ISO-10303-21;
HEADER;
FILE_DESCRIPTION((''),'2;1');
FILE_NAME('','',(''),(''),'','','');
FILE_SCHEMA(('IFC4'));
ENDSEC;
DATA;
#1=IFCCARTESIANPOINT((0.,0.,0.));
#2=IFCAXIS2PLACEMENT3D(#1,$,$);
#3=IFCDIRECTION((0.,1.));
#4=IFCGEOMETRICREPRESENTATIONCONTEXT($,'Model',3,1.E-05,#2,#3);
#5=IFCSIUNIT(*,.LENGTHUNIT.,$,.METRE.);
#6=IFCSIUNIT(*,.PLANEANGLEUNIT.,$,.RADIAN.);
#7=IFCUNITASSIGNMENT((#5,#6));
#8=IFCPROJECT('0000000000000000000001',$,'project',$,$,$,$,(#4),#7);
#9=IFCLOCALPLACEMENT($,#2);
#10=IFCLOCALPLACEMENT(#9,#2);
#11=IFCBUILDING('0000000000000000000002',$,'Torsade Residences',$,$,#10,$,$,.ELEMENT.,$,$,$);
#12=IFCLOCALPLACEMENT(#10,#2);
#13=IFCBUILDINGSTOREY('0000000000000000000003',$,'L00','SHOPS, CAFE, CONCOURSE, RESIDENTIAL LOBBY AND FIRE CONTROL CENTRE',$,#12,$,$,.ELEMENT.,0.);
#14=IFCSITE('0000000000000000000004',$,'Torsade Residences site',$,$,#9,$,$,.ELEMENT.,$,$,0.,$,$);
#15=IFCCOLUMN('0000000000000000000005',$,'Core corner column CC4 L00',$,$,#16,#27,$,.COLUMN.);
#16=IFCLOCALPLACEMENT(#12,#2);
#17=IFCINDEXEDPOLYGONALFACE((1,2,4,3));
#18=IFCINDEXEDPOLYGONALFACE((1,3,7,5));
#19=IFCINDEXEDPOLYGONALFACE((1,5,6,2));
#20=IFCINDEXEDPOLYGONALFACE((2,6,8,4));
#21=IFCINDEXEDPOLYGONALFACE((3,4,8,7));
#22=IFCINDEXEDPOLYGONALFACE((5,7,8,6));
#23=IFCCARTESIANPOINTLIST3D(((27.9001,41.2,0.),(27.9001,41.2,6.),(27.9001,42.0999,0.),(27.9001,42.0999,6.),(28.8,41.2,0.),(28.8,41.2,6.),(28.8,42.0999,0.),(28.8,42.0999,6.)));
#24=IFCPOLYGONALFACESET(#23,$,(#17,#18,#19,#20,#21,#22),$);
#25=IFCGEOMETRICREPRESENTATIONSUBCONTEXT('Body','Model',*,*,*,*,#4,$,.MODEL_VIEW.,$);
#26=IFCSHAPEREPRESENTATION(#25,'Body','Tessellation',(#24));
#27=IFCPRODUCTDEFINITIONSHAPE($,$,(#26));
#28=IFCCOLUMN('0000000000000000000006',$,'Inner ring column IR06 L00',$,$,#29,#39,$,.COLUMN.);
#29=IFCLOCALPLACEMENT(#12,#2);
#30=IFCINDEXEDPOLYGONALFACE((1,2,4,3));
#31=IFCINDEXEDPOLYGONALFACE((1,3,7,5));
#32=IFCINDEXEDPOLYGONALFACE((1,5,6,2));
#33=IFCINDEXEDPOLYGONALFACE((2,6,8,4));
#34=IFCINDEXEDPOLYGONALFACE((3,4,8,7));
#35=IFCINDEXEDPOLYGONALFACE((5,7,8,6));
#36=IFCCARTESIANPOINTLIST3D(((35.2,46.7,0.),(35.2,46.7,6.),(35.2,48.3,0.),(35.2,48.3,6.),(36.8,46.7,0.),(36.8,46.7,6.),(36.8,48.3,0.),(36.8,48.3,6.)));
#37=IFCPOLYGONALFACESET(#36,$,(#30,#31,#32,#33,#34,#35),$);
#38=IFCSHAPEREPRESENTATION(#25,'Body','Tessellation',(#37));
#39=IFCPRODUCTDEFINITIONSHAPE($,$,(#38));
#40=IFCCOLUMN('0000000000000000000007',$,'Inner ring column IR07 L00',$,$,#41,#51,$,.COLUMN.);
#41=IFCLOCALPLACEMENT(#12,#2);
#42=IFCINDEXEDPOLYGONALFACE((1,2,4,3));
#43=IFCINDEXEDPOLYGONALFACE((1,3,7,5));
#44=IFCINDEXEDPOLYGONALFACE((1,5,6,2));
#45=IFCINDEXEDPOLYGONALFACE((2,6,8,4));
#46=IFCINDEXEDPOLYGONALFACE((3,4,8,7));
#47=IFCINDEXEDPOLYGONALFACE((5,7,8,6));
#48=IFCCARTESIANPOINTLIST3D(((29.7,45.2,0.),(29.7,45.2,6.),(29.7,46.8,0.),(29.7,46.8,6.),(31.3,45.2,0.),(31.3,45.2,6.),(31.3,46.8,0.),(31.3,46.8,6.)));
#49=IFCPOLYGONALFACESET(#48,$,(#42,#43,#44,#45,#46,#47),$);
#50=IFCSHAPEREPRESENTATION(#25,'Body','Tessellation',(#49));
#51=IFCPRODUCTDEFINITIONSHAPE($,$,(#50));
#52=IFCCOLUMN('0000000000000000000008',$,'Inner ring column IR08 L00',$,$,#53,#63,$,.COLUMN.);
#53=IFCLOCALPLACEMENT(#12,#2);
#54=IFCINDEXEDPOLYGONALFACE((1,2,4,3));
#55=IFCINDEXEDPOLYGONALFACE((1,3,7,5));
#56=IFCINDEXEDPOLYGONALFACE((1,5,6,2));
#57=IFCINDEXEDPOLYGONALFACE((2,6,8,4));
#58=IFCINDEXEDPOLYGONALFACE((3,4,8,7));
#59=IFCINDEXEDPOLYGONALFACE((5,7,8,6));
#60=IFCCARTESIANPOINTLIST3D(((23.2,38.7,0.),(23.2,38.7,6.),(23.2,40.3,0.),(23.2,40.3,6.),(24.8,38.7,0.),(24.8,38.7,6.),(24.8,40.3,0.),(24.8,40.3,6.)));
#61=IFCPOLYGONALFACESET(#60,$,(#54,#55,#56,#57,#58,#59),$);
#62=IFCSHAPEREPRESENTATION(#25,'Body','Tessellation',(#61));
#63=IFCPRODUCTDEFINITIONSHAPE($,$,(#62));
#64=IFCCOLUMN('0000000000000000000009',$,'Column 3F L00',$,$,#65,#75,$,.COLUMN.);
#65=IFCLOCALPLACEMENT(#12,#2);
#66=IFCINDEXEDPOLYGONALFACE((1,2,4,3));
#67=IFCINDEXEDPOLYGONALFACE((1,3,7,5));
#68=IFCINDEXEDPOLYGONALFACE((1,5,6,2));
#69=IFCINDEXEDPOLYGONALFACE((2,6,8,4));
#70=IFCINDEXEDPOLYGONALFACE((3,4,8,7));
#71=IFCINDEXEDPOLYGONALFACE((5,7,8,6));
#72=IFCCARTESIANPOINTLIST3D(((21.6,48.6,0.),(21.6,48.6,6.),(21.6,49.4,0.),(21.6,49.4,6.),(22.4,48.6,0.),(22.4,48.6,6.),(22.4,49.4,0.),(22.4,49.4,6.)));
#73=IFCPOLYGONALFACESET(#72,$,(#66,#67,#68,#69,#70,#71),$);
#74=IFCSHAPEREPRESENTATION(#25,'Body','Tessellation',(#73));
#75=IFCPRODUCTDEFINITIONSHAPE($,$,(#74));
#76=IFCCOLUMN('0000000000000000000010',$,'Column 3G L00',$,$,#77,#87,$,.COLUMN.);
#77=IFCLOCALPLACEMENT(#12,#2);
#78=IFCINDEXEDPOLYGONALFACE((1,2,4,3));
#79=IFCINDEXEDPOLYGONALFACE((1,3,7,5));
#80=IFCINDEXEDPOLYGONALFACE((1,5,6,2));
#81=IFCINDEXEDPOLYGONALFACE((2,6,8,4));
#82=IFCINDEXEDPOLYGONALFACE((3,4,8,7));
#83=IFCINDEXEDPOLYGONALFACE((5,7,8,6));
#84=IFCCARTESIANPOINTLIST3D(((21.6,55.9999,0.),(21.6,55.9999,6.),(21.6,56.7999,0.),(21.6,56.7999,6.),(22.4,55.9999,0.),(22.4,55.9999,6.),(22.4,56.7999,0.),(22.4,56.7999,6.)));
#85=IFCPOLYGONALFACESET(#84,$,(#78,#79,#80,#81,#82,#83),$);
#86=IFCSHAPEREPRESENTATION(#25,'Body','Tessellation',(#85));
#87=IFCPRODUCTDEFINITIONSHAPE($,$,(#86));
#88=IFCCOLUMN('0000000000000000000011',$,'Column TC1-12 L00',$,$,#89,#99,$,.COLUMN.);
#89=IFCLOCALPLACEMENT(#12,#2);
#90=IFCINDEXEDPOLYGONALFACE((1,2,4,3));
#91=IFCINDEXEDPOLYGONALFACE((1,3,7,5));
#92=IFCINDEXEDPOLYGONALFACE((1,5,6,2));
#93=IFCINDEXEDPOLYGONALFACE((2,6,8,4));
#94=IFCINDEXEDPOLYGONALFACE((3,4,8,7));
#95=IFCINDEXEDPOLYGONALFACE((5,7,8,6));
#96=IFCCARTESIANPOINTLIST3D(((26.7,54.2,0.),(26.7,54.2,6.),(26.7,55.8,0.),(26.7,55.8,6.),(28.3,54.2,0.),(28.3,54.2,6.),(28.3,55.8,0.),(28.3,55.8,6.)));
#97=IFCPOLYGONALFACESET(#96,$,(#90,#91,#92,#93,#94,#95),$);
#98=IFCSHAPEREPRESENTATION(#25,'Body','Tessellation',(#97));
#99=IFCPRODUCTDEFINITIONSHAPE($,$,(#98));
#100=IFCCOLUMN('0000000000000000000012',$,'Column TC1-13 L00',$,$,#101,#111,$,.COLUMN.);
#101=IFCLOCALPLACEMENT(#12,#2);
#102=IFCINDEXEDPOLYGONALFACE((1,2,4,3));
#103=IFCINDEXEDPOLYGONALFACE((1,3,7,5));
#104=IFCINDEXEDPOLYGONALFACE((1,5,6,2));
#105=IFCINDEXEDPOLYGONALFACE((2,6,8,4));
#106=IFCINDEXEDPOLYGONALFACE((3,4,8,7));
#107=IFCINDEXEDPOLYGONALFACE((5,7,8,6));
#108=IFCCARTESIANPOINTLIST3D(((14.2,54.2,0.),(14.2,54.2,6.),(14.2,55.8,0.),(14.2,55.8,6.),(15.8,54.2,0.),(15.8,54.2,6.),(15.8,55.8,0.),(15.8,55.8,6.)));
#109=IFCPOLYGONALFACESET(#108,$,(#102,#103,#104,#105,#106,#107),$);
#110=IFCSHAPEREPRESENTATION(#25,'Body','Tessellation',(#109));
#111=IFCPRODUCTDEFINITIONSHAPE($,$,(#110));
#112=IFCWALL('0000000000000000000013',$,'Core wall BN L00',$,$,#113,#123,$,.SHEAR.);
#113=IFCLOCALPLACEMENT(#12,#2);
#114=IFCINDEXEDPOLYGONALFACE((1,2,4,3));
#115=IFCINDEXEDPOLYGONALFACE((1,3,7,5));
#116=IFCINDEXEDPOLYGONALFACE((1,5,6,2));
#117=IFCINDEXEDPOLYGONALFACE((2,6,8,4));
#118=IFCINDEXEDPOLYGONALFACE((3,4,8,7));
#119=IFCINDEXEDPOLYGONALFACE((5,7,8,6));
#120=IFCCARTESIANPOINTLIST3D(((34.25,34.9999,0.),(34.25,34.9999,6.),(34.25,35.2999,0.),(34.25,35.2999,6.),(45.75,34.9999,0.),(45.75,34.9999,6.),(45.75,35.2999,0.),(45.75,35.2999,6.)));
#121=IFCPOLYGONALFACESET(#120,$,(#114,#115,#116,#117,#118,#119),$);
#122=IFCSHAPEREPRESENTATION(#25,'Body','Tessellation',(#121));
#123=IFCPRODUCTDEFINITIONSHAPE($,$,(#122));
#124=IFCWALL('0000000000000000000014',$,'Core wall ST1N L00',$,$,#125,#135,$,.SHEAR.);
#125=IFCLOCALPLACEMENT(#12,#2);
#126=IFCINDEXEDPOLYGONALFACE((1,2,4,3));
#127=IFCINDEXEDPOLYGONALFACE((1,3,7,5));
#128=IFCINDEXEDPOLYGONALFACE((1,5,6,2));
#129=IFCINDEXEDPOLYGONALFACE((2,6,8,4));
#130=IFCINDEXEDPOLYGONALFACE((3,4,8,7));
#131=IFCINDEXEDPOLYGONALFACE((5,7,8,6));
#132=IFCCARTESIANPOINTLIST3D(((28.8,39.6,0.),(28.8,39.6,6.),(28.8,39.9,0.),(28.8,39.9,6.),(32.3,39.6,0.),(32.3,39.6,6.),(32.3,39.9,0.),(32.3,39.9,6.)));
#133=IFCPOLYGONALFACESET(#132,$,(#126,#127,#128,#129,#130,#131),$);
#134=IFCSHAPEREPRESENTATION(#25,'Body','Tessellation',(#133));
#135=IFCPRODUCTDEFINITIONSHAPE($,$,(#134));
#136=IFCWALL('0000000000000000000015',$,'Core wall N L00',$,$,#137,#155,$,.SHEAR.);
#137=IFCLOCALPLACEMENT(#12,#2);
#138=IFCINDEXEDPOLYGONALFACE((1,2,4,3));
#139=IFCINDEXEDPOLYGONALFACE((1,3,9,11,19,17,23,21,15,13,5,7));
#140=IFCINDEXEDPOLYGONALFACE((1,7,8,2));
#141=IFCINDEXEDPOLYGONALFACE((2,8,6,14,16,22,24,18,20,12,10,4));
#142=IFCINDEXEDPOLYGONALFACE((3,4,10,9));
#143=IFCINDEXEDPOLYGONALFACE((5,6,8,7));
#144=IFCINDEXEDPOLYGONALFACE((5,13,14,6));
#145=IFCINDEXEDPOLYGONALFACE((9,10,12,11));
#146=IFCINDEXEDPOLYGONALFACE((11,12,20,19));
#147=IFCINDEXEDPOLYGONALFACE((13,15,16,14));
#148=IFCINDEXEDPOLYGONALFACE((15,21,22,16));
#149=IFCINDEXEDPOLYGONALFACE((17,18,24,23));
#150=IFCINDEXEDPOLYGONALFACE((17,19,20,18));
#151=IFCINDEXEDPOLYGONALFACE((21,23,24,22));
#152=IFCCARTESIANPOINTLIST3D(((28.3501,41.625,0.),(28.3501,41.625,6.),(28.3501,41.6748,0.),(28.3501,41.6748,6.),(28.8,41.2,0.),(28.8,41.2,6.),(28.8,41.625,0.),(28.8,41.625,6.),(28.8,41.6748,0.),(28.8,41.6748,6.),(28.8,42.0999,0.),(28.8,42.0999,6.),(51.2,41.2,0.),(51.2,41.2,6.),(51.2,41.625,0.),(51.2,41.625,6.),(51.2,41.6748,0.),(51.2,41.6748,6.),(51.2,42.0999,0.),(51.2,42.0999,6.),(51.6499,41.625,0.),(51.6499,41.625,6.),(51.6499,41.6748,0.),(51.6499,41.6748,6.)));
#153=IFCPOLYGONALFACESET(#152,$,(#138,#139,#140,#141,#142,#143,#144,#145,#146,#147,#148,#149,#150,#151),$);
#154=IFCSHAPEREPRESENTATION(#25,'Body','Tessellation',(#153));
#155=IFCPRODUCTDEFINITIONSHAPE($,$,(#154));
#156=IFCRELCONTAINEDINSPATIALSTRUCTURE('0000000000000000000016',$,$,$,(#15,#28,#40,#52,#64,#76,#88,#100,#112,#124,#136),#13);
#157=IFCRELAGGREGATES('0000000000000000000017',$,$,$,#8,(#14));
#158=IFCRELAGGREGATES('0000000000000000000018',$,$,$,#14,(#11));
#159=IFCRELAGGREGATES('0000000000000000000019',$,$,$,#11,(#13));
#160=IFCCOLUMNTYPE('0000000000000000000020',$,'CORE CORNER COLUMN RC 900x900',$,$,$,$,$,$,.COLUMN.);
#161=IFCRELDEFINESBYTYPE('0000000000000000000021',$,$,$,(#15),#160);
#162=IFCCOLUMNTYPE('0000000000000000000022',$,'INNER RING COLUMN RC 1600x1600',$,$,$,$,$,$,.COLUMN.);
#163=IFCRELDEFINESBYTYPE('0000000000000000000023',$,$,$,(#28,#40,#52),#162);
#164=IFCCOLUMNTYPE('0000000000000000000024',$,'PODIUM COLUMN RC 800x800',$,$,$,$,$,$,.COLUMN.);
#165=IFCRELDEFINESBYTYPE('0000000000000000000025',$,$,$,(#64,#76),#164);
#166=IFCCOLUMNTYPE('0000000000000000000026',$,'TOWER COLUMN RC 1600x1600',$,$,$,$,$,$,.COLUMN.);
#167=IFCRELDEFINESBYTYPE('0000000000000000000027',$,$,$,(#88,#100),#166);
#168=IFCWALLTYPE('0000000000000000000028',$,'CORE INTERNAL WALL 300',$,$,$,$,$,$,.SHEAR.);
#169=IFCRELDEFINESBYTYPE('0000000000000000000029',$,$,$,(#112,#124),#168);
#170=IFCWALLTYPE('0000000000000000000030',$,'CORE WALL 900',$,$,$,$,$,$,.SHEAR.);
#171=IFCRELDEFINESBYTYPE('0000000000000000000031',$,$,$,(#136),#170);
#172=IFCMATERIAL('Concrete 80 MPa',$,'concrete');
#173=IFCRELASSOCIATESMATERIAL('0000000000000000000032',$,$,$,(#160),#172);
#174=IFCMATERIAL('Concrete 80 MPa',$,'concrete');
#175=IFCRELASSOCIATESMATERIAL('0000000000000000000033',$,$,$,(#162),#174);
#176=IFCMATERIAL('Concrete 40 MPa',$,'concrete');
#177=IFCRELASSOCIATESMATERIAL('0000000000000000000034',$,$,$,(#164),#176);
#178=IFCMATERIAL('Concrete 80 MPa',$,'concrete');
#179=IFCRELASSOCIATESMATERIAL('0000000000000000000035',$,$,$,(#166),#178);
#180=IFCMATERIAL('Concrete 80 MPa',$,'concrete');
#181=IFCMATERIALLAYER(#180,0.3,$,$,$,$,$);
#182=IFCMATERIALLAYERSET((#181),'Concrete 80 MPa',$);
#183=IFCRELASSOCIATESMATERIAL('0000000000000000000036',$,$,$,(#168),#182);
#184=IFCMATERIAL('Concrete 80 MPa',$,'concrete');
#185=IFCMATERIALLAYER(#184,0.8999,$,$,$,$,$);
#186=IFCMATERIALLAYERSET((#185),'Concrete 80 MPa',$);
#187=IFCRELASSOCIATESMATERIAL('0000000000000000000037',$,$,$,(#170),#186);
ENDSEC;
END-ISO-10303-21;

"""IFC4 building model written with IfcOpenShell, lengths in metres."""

from ifc_helpers import new_model, si_unit, direction, frame, frame_2d, origin, origin_2d, place, context, subcontext, project, spatial, polyline, rectangle, outline, extrude, material, layer, layer_set, material_profile, profile_set, type_object, element, save


model = new_model("IFC4")

# Units and contexts
model_context = context("Model", 3, precision=1e-05, world=origin(), true_north=direction((0.0, 1.0)))
body_context = subcontext(model_context, "Body", "Model", "MODEL_VIEW")
ifc_project = project(units=[si_unit("LENGTHUNIT", "METRE"), si_unit("PLANEANGLEUNIT", "RADIAN")], contexts=[model_context])

# Site, building, storey
site_placement = place(None, origin())
site = spatial("IfcSite", under=ifc_project, at=site_placement, Name="Torsade Residences site", CompositionType="ELEMENT", RefElevation=0.0)
building_placement = place(site_placement, origin())
building = spatial("IfcBuilding", under=site, at=building_placement, Name="Torsade Residences", CompositionType="ELEMENT")
storey_placement = place(building_placement, origin())
storey = spatial("IfcBuildingStorey", under=building, at=storey_placement, Name="L00", Description="SHOPS, CAFE, CONCOURSE, RESIDENTIAL LOBBY AND FIRE CONTROL CENTRE", CompositionType="ELEMENT", Elevation=0.0)

# Columns
ifc_material_1 = material(Name="Concrete 80 MPa", Category="concrete")
ifc_material_profile_1 = material_profile(ifc_material_1, rectangle(XDim=0.8999, YDim=0.8999, at=origin_2d()), Name="RC 900x900")
ifc_profile_set_1 = profile_set([ifc_material_profile_1], Name="Concrete 80 MPa")
column_type_1 = type_object("IfcColumnType", Name="CORE CORNER COLUMN RC 900x900", PredefinedType="COLUMN", material=ifc_profile_set_1)
column_placement = place(storey_placement, frame((28.3501, 41.6499, 0.0), z_axis=(0.0, 0.0, 1.0), x_axis=(1.0, 0.0, 0.0)))
element("IfcColumn", 1, at=column_placement, inside=storey, type_object=column_type_1, Name="Core corner column CC4 L00", PredefinedType="COLUMN", context=body_context, shape_type="SweptSolid", body=[
    extrude(rectangle(XDim=0.8999, YDim=0.8999, at=origin_2d()), origin(), (0.0, 0.0, 1.0), 6.0),
])
ifc_material_2 = material(Name="Concrete 80 MPa", Category="concrete")
ifc_material_profile_2 = material_profile(ifc_material_2, rectangle(XDim=1.6001, YDim=1.6001, at=origin_2d()), Name="RC 1600x1600")
ifc_profile_set_2 = profile_set([ifc_material_profile_2], Name="Concrete 80 MPa")
column_type_2 = type_object("IfcColumnType", Name="INNER RING COLUMN RC 1600x1600", PredefinedType="COLUMN", material=ifc_profile_set_2)
for number, where, z_axis, x_axis, name in (
    (2, (36.0, 47.5, 0.0), (0.0, 0.0, 1.0), (1.0, 0.0, 0.0), "Inner ring column IR06 L00"),
    (3, (30.5, 46.0, 0.0), (0.0, 0.0, 1.0), (1.0, 0.0, 0.0), "Inner ring column IR07 L00"),
    (4, (24.0, 39.5, 0.0), (0.0, 0.0, 1.0), (1.0, 0.0, 0.0), "Inner ring column IR08 L00"),
):
    element("IfcColumn", number, at=place(storey_placement, frame(where, z_axis=z_axis, x_axis=x_axis)), inside=storey, type_object=column_type_2, Name=name, PredefinedType="COLUMN", context=body_context, shape_type="SweptSolid", body=[
        extrude(rectangle(XDim=1.6001, YDim=1.6001, at=origin_2d()), origin(), (0.0, 0.0, 1.0), 6.0),
    ])
ifc_material_3 = material(Name="Concrete 40 MPa", Category="concrete")
ifc_material_profile_3 = material_profile(ifc_material_3, rectangle(XDim=0.8, YDim=0.8, at=origin_2d()), Name="RC 800x800")
ifc_profile_set_3 = profile_set([ifc_material_profile_3], Name="Concrete 40 MPa")
column_type_3 = type_object("IfcColumnType", Name="PODIUM COLUMN RC 800x800", PredefinedType="COLUMN", material=ifc_profile_set_3)
for number, where, z_axis, x_axis, name in (
    (5, (22.0, 49.0, 0.0), (0.0, 0.0, 1.0), (1.0, 0.0, 0.0), "Column 3F L00"),
    (6, (22.0, 56.3999, 0.0), (0.0, 0.0, 1.0), (1.0, 0.0, 0.0), "Column 3G L00"),
):
    element("IfcColumn", number, at=place(storey_placement, frame(where, z_axis=z_axis, x_axis=x_axis)), inside=storey, type_object=column_type_3, Name=name, PredefinedType="COLUMN", context=body_context, shape_type="SweptSolid", body=[
        extrude(rectangle(XDim=0.8, YDim=0.8, at=origin_2d()), origin(), (0.0, 0.0, 1.0), 6.0),
    ])
ifc_material_4 = material(Name="Concrete 80 MPa", Category="concrete")
ifc_material_profile_4 = material_profile(ifc_material_4, rectangle(XDim=1.6001, YDim=1.6001, at=origin_2d()), Name="RC 1600x1600")
ifc_profile_set_4 = profile_set([ifc_material_profile_4], Name="Concrete 80 MPa")
column_type_4 = type_object("IfcColumnType", Name="TOWER COLUMN RC 1600x1600", PredefinedType="COLUMN", material=ifc_profile_set_4)
for number, where, z_axis, x_axis, name in (
    (7, (27.5, 55.0, 0.0), (0.0, 0.0, 1.0), (1.0, 0.0, 0.0), "Column TC1-12 L00"),
    (8, (15.0, 55.0, 0.0), (0.0, 0.0, 1.0), (1.0, 0.0, 0.0), "Column TC1-13 L00"),
):
    element("IfcColumn", number, at=place(storey_placement, frame(where, z_axis=z_axis, x_axis=x_axis)), inside=storey, type_object=column_type_4, Name=name, PredefinedType="COLUMN", context=body_context, shape_type="SweptSolid", body=[
        extrude(rectangle(XDim=1.6001, YDim=1.6001, at=origin_2d()), origin(), (0.0, 0.0, 1.0), 6.0),
    ])

# Walls
ifc_material_5 = material(Name="Concrete 80 MPa", Category="concrete")
ifc_layer_1 = layer(ifc_material_5, 0.3)
ifc_layer_set_1 = layer_set([ifc_layer_1], Name="Concrete 80 MPa")
wall_type_1 = type_object("IfcWallType", Name="CORE INTERNAL WALL 300", PredefinedType="SHEAR", material=ifc_layer_set_1)
wall_1_placement = place(storey_placement, frame((34.25, 35.1499, 0.0), z_axis=(0.0, 0.0, 1.0), x_axis=(1.0, 0.0, 0.0)))
element("IfcWall", 9, at=wall_1_placement, inside=storey, type_object=wall_type_1, Name="Core wall BN L00", PredefinedType="SHEAR", context=body_context, shape_type="SweptSolid", body=[
    extrude(rectangle(XDim=11.5, YDim=0.3, at=frame_2d((5.75, 0.0))), origin(), (0.0, 0.0, 1.0), 6.0),
])
wall_2_placement = place(storey_placement, frame((28.8, 39.75, 0.0), z_axis=(0.0, 0.0, 1.0), x_axis=(1.0, 0.0, 0.0)))
element("IfcWall", 10, at=wall_2_placement, inside=storey, type_object=wall_type_1, Name="Core wall ST1N L00", PredefinedType="SHEAR", context=body_context, shape_type="SweptSolid", body=[
    extrude(rectangle(XDim=3.5, YDim=0.3, at=frame_2d((1.75, 0.0))), origin(), (0.0, 0.0, 1.0), 6.0),
])
ifc_material_6 = material(Name="Concrete 80 MPa", Category="concrete")
ifc_layer_2 = layer(ifc_material_6, 0.8999)
ifc_layer_set_2 = layer_set([ifc_layer_2], Name="Concrete 80 MPa")
wall_type_2 = type_object("IfcWallType", Name="CORE WALL 900", PredefinedType="SHEAR", material=ifc_layer_set_2)
wall_3_placement = place(storey_placement, frame((28.8, 41.6499, 0.0), z_axis=(0.0, 0.0, 1.0), x_axis=(1.0, 0.0, 0.0)))
element("IfcWall", 11, at=wall_3_placement, inside=storey, type_object=wall_type_2, Name="Core wall N L00", PredefinedType="SHEAR", context=body_context, shape_type="SweptSolid", body=[
    extrude(outline(polyline([(0.0, -0.45), (22.3999, -0.45), (22.3999, -0.0249), (22.8499, -0.0249), (22.8499, 0.0249), (22.3999, 0.0249), (22.3999, 0.45), (0.0, 0.45), (0.0, 0.0249), (-0.45, 0.0249), (-0.45, -0.0249), (0.0, -0.0249), (0.0, -0.45)])), origin(), (0.0, 0.0, 1.0), 6.0),
])

save(model, "model.ifc")
